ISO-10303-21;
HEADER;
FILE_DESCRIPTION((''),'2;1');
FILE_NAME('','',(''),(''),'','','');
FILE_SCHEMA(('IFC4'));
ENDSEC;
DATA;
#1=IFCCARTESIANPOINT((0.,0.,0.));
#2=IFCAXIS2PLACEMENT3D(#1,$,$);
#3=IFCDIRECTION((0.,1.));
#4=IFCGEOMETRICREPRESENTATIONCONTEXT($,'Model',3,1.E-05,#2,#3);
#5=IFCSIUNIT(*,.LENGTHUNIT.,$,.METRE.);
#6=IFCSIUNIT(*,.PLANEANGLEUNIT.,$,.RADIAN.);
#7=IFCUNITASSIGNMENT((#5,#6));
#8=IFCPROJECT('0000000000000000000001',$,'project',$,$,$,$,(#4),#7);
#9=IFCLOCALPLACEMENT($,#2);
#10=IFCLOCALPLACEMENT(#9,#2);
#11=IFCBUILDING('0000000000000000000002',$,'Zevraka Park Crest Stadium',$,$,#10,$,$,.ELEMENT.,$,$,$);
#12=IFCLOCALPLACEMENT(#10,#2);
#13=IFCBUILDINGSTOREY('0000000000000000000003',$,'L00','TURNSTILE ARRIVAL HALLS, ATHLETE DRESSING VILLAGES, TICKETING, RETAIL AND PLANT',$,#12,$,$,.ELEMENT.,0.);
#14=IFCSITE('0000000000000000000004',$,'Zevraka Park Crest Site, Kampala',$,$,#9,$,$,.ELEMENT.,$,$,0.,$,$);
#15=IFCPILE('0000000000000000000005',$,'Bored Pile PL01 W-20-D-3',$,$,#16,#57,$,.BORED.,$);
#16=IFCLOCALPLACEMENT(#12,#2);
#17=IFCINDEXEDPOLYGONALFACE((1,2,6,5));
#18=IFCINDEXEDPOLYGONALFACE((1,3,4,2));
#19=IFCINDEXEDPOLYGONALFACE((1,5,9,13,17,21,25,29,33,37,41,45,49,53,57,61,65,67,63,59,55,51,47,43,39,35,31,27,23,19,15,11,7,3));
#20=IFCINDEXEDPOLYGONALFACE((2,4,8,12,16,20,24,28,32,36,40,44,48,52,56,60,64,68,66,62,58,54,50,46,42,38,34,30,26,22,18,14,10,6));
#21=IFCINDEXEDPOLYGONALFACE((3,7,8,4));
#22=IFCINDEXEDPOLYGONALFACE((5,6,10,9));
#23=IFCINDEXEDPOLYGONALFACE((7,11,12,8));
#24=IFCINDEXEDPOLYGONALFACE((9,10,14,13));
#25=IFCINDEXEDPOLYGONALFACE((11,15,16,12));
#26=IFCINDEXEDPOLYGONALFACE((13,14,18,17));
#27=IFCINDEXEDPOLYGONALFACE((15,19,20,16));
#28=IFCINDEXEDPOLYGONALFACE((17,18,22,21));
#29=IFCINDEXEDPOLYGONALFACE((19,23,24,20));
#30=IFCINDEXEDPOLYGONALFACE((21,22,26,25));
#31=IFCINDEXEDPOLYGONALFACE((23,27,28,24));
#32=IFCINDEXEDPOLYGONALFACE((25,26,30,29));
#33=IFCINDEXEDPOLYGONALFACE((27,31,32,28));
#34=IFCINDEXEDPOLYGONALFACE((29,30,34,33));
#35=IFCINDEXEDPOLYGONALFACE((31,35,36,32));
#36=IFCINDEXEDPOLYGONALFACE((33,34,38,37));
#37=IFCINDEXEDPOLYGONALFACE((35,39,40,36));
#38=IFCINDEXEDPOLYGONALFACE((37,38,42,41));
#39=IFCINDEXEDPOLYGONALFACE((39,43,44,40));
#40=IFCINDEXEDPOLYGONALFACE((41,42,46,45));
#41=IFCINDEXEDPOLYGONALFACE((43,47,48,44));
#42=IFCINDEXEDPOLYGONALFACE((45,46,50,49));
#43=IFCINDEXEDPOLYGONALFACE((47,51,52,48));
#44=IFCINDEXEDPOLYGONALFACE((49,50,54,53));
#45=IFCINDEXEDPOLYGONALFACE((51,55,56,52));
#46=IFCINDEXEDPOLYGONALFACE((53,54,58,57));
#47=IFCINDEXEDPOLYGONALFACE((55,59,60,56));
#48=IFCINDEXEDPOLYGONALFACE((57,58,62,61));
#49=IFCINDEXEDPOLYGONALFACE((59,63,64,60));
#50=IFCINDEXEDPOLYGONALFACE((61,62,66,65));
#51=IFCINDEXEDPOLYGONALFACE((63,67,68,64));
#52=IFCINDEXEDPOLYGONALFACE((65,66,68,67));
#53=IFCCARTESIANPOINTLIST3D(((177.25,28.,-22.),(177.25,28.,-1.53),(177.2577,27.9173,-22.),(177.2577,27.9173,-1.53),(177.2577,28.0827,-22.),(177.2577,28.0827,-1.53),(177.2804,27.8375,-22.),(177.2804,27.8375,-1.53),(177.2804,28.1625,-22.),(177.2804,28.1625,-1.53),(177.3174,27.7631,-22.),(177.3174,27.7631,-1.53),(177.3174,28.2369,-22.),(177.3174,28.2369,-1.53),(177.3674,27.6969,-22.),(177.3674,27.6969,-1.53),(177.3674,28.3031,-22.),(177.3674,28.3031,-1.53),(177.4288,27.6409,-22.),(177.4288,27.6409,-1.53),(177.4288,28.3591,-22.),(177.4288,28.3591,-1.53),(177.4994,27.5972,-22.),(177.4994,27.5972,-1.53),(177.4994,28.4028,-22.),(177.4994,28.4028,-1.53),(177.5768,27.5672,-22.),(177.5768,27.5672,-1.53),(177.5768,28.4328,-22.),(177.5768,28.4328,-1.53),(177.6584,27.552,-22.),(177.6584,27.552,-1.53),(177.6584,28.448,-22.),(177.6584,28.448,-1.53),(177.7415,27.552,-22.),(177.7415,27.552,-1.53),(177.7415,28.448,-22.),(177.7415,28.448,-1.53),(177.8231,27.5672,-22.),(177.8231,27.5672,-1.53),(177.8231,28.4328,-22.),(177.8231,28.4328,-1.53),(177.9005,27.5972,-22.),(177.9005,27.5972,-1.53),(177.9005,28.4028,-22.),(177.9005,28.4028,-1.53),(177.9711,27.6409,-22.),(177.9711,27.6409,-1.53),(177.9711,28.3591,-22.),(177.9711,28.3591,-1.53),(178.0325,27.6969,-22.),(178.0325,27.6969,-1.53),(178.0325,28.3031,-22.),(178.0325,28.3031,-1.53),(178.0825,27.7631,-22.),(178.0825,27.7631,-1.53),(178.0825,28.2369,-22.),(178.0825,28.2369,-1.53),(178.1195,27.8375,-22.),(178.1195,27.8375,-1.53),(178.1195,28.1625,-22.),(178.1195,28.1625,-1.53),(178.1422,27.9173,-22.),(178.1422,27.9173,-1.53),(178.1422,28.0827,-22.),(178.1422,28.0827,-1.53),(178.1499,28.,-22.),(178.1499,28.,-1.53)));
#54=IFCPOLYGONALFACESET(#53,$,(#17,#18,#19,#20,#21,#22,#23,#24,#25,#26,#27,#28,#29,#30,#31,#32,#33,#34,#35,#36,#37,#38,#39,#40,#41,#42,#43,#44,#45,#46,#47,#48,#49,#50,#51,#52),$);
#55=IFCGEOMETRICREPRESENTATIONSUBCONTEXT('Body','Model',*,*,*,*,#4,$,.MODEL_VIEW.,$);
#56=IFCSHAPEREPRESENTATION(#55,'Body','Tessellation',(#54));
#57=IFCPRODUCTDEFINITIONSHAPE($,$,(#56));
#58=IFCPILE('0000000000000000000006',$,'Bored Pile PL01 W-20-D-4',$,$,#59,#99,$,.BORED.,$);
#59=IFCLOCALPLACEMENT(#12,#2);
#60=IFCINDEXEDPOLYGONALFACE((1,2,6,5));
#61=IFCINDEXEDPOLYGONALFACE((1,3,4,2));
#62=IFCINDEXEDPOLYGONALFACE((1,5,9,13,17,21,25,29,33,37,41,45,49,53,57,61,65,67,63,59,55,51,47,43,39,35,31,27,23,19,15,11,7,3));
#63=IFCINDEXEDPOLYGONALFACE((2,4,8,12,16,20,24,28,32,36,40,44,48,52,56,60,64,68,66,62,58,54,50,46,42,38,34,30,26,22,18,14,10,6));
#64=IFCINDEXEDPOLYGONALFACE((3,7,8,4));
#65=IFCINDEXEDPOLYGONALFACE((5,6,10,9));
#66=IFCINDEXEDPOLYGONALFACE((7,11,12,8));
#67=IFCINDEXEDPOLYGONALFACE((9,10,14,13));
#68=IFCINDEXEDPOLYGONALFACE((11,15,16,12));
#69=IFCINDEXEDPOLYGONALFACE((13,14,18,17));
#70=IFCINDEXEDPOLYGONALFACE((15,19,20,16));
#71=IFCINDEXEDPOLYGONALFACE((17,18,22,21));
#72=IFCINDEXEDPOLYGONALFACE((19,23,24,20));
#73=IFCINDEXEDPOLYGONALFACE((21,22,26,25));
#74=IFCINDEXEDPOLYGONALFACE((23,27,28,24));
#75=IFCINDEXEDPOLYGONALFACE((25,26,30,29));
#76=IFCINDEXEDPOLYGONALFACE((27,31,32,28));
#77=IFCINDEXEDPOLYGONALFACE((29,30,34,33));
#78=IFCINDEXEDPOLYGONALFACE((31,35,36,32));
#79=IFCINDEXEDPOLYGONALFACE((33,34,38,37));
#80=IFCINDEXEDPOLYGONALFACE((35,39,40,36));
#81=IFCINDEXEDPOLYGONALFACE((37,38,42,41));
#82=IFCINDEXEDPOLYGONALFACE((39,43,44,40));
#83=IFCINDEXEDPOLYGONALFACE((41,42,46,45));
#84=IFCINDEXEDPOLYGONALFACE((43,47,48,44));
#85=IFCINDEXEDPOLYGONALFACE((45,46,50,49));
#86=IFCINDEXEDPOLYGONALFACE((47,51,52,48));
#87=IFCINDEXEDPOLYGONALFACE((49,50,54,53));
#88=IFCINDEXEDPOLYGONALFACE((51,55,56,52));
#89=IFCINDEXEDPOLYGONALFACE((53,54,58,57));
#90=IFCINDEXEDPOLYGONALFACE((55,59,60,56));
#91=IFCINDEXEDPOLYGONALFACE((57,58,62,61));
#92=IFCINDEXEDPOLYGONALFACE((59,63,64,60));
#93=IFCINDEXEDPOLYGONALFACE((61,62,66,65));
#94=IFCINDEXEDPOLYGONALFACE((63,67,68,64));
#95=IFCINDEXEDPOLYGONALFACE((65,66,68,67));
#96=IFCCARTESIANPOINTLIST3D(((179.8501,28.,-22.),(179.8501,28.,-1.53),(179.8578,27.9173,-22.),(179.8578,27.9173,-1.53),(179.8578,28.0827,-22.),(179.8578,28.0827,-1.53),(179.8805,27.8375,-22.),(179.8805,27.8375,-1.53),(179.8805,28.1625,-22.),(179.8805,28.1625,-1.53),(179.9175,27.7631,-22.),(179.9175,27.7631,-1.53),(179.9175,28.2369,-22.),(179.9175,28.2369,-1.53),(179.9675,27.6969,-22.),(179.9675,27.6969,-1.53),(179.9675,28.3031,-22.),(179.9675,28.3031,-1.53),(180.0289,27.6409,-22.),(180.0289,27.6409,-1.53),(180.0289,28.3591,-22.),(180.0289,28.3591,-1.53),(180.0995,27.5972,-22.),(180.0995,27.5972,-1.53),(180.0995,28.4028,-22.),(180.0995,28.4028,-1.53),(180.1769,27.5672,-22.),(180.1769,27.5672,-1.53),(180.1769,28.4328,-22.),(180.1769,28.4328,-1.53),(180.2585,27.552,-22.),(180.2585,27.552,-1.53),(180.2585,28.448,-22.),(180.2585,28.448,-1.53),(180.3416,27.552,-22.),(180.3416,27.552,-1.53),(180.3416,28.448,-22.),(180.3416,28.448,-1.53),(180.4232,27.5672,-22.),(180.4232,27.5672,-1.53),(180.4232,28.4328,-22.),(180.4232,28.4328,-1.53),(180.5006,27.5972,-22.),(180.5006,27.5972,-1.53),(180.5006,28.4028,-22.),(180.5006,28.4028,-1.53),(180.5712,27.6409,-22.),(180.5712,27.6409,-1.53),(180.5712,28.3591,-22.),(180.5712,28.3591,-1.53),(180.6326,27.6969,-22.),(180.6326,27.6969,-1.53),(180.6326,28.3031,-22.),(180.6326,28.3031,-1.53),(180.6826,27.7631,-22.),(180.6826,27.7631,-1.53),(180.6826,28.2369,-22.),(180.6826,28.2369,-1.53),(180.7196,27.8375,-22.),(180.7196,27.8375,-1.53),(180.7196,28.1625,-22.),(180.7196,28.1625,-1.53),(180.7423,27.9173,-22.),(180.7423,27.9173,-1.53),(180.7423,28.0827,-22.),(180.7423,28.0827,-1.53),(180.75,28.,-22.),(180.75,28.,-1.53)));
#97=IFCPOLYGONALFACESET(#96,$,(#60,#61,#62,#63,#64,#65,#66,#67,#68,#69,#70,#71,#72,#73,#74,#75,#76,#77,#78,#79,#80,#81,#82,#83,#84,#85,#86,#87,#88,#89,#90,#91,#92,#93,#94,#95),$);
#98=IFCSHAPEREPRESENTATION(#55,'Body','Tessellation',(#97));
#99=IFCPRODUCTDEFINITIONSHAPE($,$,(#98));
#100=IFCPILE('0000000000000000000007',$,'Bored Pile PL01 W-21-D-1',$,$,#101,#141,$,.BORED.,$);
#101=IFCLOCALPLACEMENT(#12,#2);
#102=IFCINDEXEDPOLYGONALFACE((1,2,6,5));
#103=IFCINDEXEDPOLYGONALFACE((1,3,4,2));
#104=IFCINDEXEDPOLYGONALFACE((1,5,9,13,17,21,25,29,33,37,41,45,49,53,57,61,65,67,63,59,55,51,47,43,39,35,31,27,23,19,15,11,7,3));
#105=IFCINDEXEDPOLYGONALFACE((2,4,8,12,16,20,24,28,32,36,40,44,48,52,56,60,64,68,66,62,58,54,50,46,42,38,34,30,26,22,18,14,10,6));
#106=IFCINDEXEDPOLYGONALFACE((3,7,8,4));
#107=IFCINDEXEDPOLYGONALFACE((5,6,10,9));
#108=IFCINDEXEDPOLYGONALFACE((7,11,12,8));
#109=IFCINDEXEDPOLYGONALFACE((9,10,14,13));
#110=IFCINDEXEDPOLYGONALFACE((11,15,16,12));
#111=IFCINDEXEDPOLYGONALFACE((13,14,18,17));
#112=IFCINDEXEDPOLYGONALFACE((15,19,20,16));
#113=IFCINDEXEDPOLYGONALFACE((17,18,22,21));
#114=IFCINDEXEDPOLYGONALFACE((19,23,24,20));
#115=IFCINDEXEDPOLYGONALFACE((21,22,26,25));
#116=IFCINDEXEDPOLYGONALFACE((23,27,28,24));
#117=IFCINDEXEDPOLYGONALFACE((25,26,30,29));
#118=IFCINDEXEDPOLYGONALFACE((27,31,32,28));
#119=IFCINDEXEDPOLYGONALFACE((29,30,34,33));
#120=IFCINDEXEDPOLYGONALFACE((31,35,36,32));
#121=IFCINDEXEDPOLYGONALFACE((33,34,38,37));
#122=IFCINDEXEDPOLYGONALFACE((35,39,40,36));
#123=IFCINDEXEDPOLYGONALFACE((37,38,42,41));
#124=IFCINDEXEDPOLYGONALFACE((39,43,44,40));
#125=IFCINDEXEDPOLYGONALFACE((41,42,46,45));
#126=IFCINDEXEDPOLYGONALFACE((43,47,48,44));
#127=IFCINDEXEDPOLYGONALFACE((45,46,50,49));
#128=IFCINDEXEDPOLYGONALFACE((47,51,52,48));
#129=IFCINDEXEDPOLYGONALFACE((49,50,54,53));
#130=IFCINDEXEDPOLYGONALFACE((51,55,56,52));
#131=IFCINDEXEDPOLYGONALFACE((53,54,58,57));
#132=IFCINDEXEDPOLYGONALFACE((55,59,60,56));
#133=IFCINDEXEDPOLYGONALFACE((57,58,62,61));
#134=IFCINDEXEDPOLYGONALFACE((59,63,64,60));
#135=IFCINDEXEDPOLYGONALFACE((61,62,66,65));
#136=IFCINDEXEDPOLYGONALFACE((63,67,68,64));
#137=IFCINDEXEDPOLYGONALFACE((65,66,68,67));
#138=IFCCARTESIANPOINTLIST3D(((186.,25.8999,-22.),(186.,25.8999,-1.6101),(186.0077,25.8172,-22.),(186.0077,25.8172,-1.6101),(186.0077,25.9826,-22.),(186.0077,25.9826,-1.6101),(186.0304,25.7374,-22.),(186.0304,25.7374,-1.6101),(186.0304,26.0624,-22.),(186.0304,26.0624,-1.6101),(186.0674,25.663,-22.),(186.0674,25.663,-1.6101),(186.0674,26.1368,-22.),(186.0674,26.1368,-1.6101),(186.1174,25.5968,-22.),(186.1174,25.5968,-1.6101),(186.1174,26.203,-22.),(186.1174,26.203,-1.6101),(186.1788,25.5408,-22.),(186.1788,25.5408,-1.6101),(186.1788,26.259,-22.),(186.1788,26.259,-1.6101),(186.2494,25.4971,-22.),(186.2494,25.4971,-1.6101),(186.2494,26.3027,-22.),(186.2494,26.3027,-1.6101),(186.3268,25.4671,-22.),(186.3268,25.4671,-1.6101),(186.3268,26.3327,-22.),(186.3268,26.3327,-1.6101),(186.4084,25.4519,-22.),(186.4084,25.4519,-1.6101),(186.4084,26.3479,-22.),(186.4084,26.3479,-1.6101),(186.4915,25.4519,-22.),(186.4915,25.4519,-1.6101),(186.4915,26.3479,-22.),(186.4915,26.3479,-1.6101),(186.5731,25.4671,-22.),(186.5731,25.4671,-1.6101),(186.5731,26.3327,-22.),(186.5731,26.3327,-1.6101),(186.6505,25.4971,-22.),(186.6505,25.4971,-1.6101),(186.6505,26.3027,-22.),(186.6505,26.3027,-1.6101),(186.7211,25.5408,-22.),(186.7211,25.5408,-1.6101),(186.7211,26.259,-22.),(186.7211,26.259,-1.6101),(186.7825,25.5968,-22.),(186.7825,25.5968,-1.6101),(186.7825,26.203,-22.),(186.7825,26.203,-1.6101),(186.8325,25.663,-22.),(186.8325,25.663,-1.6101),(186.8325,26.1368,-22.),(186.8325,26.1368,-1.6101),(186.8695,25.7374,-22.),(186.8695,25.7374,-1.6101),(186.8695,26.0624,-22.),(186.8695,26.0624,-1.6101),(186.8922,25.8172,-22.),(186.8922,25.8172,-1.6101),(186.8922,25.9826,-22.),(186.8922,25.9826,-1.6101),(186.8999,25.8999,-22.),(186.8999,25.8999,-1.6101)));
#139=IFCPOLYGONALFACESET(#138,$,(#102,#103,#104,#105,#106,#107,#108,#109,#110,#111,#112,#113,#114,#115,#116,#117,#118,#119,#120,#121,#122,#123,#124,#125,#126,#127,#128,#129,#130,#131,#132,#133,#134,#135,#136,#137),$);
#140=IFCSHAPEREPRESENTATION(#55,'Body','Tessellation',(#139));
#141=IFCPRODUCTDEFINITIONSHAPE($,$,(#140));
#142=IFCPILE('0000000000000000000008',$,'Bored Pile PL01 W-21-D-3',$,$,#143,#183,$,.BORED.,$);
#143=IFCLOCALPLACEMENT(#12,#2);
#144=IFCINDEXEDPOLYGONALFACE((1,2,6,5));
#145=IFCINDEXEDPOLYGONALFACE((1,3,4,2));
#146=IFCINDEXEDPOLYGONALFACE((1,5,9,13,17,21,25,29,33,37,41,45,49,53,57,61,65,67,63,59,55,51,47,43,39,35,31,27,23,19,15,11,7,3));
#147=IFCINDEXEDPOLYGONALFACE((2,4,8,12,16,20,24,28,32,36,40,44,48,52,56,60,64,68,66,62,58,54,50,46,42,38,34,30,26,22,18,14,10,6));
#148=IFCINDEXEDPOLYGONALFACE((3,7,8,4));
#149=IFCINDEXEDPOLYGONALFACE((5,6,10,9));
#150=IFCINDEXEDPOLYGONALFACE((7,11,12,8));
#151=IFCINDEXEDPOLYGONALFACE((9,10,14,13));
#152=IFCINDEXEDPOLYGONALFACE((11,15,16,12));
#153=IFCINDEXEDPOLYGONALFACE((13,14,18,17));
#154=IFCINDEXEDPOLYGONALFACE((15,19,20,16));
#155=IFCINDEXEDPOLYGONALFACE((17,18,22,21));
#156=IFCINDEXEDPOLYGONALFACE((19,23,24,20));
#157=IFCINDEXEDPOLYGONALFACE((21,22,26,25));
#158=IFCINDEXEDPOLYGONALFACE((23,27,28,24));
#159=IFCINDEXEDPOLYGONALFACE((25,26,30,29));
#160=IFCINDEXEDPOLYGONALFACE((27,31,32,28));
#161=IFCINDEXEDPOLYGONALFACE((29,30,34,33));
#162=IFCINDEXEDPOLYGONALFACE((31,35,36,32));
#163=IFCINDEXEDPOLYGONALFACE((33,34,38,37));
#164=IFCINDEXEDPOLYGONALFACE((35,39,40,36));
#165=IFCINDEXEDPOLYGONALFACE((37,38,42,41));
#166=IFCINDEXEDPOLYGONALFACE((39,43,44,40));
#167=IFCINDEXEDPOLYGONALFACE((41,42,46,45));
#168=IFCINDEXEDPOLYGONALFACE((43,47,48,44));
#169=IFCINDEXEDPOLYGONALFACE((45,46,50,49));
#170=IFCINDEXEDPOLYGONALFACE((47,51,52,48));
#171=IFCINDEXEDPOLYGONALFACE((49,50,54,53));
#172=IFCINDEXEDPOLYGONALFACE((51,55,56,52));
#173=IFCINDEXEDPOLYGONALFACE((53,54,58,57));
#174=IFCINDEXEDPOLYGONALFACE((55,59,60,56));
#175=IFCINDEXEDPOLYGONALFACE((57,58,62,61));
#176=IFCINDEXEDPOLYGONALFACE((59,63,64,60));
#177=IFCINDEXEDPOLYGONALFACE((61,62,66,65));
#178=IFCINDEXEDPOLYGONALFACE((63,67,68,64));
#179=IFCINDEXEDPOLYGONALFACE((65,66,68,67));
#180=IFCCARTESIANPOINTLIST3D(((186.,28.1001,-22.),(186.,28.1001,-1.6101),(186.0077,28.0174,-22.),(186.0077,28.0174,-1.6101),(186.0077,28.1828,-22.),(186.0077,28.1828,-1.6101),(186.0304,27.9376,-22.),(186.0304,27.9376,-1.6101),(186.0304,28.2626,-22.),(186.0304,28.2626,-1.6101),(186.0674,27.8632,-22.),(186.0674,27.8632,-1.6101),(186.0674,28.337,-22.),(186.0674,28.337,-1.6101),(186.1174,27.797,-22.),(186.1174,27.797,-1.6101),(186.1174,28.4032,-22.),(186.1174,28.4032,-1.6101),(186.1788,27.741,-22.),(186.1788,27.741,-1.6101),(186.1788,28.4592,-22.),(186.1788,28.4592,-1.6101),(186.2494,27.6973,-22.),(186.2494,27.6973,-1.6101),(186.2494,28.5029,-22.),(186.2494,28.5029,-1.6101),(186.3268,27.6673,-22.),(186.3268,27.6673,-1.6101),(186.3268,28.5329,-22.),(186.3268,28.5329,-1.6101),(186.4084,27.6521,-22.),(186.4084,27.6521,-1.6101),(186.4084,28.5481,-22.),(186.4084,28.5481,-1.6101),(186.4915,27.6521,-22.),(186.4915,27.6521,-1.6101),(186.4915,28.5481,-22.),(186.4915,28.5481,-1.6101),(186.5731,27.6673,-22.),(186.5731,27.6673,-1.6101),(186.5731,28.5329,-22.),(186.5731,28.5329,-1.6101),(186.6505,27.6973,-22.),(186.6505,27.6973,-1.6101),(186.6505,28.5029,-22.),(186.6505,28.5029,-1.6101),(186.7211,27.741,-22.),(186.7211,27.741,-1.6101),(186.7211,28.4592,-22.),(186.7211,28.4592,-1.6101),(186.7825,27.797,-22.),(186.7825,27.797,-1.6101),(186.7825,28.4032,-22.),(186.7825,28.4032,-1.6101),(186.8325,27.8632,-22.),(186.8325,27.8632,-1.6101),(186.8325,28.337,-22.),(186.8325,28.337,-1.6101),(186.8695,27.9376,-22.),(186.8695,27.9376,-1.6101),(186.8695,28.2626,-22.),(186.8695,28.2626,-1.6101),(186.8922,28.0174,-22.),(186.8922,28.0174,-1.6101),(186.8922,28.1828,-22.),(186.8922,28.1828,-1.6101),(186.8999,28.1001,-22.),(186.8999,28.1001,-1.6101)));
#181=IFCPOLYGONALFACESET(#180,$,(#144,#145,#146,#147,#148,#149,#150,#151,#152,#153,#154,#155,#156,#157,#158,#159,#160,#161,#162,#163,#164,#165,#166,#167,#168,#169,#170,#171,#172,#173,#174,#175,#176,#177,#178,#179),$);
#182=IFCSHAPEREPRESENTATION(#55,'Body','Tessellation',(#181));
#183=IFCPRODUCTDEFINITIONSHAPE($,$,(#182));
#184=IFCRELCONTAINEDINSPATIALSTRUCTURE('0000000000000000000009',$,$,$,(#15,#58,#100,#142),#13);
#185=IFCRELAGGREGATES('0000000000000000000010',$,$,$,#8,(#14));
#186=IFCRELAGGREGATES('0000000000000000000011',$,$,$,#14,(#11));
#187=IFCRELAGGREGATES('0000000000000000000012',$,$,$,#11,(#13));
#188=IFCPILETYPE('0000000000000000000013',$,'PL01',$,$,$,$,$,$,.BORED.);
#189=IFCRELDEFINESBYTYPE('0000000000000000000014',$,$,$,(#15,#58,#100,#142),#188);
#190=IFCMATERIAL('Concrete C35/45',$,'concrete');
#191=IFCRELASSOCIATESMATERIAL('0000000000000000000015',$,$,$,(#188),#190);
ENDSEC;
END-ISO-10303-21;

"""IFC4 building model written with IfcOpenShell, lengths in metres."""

from ifc_helpers import new_model, si_unit, direction, frame, origin, origin_2d, place, context, subcontext, project, spatial, circle, extrude, material, material_profile, profile_set, type_object, element, save


model = new_model("IFC4")

# Units and contexts
model_context = context("Model", 3, precision=1e-05, world=origin(), true_north=direction((0.0, 1.0)))
body_context = subcontext(model_context, "Body", "Model", "MODEL_VIEW")
ifc_project = project(units=[si_unit("LENGTHUNIT", "METRE"), si_unit("PLANEANGLEUNIT", "RADIAN")], contexts=[model_context])

# Site, building, storey
site_placement = place(None, origin())
site = spatial("IfcSite", under=ifc_project, at=site_placement, Name="Zevraka Park Crest Site, Kampala", CompositionType="ELEMENT", RefElevation=0.0)
building_placement = place(site_placement, origin())
building = spatial("IfcBuilding", under=site, at=building_placement, Name="Zevraka Park Crest Stadium", CompositionType="ELEMENT")
storey_placement = place(building_placement, origin())
storey = spatial("IfcBuildingStorey", under=building, at=storey_placement, Name="L00", Description="TURNSTILE ARRIVAL HALLS, ATHLETE DRESSING VILLAGES, TICKETING, RETAIL AND PLANT", CompositionType="ELEMENT", Elevation=0.0)

# Piles
ifc_material_1 = material(Name="Concrete C35/45", Category="concrete")
ifc_material_profile_1 = material_profile(ifc_material_1, circle(Radius=0.45, at=origin_2d()), Name="PILE D900")
ifc_profile_set_1 = profile_set([ifc_material_profile_1], Name="Concrete C35/45")
pile_type_1 = type_object("IfcPileType", Name="PL01", PredefinedType="BORED", material=ifc_profile_set_1)
for number, where, z_axis, x_axis, name in (
    (1, (177.7, 28.0, -1.53), (0.0, 0.0, -1.0), (1.0, 0.0, 0.0), "Bored Pile PL01 W-20-D-3"),
    (2, (180.3, 28.0, -1.53), (0.0, 0.0, -1.0), (1.0, 0.0, 0.0), "Bored Pile PL01 W-20-D-4"),
):
    element("IfcPile", number, at=place(storey_placement, frame(where, z_axis=z_axis, x_axis=x_axis)), inside=storey, type_object=pile_type_1, Name=name, PredefinedType="BORED", context=body_context, shape_type="SweptSolid", body=[
        extrude(circle(Radius=0.45, at=origin_2d()), origin(), (0.0, 0.0, 1.0), 20.47),
    ])
for number, where, z_axis, x_axis, name in (
    (3, (186.45, 25.8999, -1.6101), (0.0, 0.0, -1.0), (1.0, 0.0, 0.0), "Bored Pile PL01 W-21-D-1"),
    (4, (186.45, 28.1001, -1.6101), (0.0, 0.0, -1.0), (1.0, 0.0, 0.0), "Bored Pile PL01 W-21-D-3"),
):
    element("IfcPile", number, at=place(storey_placement, frame(where, z_axis=z_axis, x_axis=x_axis)), inside=storey, type_object=pile_type_1, Name=name, PredefinedType="BORED", context=body_context, shape_type="SweptSolid", body=[
        extrude(circle(Radius=0.45, at=origin_2d()), origin(), (0.0, 0.0, 1.0), 20.3899),
    ])

save(model, "model.ifc")
